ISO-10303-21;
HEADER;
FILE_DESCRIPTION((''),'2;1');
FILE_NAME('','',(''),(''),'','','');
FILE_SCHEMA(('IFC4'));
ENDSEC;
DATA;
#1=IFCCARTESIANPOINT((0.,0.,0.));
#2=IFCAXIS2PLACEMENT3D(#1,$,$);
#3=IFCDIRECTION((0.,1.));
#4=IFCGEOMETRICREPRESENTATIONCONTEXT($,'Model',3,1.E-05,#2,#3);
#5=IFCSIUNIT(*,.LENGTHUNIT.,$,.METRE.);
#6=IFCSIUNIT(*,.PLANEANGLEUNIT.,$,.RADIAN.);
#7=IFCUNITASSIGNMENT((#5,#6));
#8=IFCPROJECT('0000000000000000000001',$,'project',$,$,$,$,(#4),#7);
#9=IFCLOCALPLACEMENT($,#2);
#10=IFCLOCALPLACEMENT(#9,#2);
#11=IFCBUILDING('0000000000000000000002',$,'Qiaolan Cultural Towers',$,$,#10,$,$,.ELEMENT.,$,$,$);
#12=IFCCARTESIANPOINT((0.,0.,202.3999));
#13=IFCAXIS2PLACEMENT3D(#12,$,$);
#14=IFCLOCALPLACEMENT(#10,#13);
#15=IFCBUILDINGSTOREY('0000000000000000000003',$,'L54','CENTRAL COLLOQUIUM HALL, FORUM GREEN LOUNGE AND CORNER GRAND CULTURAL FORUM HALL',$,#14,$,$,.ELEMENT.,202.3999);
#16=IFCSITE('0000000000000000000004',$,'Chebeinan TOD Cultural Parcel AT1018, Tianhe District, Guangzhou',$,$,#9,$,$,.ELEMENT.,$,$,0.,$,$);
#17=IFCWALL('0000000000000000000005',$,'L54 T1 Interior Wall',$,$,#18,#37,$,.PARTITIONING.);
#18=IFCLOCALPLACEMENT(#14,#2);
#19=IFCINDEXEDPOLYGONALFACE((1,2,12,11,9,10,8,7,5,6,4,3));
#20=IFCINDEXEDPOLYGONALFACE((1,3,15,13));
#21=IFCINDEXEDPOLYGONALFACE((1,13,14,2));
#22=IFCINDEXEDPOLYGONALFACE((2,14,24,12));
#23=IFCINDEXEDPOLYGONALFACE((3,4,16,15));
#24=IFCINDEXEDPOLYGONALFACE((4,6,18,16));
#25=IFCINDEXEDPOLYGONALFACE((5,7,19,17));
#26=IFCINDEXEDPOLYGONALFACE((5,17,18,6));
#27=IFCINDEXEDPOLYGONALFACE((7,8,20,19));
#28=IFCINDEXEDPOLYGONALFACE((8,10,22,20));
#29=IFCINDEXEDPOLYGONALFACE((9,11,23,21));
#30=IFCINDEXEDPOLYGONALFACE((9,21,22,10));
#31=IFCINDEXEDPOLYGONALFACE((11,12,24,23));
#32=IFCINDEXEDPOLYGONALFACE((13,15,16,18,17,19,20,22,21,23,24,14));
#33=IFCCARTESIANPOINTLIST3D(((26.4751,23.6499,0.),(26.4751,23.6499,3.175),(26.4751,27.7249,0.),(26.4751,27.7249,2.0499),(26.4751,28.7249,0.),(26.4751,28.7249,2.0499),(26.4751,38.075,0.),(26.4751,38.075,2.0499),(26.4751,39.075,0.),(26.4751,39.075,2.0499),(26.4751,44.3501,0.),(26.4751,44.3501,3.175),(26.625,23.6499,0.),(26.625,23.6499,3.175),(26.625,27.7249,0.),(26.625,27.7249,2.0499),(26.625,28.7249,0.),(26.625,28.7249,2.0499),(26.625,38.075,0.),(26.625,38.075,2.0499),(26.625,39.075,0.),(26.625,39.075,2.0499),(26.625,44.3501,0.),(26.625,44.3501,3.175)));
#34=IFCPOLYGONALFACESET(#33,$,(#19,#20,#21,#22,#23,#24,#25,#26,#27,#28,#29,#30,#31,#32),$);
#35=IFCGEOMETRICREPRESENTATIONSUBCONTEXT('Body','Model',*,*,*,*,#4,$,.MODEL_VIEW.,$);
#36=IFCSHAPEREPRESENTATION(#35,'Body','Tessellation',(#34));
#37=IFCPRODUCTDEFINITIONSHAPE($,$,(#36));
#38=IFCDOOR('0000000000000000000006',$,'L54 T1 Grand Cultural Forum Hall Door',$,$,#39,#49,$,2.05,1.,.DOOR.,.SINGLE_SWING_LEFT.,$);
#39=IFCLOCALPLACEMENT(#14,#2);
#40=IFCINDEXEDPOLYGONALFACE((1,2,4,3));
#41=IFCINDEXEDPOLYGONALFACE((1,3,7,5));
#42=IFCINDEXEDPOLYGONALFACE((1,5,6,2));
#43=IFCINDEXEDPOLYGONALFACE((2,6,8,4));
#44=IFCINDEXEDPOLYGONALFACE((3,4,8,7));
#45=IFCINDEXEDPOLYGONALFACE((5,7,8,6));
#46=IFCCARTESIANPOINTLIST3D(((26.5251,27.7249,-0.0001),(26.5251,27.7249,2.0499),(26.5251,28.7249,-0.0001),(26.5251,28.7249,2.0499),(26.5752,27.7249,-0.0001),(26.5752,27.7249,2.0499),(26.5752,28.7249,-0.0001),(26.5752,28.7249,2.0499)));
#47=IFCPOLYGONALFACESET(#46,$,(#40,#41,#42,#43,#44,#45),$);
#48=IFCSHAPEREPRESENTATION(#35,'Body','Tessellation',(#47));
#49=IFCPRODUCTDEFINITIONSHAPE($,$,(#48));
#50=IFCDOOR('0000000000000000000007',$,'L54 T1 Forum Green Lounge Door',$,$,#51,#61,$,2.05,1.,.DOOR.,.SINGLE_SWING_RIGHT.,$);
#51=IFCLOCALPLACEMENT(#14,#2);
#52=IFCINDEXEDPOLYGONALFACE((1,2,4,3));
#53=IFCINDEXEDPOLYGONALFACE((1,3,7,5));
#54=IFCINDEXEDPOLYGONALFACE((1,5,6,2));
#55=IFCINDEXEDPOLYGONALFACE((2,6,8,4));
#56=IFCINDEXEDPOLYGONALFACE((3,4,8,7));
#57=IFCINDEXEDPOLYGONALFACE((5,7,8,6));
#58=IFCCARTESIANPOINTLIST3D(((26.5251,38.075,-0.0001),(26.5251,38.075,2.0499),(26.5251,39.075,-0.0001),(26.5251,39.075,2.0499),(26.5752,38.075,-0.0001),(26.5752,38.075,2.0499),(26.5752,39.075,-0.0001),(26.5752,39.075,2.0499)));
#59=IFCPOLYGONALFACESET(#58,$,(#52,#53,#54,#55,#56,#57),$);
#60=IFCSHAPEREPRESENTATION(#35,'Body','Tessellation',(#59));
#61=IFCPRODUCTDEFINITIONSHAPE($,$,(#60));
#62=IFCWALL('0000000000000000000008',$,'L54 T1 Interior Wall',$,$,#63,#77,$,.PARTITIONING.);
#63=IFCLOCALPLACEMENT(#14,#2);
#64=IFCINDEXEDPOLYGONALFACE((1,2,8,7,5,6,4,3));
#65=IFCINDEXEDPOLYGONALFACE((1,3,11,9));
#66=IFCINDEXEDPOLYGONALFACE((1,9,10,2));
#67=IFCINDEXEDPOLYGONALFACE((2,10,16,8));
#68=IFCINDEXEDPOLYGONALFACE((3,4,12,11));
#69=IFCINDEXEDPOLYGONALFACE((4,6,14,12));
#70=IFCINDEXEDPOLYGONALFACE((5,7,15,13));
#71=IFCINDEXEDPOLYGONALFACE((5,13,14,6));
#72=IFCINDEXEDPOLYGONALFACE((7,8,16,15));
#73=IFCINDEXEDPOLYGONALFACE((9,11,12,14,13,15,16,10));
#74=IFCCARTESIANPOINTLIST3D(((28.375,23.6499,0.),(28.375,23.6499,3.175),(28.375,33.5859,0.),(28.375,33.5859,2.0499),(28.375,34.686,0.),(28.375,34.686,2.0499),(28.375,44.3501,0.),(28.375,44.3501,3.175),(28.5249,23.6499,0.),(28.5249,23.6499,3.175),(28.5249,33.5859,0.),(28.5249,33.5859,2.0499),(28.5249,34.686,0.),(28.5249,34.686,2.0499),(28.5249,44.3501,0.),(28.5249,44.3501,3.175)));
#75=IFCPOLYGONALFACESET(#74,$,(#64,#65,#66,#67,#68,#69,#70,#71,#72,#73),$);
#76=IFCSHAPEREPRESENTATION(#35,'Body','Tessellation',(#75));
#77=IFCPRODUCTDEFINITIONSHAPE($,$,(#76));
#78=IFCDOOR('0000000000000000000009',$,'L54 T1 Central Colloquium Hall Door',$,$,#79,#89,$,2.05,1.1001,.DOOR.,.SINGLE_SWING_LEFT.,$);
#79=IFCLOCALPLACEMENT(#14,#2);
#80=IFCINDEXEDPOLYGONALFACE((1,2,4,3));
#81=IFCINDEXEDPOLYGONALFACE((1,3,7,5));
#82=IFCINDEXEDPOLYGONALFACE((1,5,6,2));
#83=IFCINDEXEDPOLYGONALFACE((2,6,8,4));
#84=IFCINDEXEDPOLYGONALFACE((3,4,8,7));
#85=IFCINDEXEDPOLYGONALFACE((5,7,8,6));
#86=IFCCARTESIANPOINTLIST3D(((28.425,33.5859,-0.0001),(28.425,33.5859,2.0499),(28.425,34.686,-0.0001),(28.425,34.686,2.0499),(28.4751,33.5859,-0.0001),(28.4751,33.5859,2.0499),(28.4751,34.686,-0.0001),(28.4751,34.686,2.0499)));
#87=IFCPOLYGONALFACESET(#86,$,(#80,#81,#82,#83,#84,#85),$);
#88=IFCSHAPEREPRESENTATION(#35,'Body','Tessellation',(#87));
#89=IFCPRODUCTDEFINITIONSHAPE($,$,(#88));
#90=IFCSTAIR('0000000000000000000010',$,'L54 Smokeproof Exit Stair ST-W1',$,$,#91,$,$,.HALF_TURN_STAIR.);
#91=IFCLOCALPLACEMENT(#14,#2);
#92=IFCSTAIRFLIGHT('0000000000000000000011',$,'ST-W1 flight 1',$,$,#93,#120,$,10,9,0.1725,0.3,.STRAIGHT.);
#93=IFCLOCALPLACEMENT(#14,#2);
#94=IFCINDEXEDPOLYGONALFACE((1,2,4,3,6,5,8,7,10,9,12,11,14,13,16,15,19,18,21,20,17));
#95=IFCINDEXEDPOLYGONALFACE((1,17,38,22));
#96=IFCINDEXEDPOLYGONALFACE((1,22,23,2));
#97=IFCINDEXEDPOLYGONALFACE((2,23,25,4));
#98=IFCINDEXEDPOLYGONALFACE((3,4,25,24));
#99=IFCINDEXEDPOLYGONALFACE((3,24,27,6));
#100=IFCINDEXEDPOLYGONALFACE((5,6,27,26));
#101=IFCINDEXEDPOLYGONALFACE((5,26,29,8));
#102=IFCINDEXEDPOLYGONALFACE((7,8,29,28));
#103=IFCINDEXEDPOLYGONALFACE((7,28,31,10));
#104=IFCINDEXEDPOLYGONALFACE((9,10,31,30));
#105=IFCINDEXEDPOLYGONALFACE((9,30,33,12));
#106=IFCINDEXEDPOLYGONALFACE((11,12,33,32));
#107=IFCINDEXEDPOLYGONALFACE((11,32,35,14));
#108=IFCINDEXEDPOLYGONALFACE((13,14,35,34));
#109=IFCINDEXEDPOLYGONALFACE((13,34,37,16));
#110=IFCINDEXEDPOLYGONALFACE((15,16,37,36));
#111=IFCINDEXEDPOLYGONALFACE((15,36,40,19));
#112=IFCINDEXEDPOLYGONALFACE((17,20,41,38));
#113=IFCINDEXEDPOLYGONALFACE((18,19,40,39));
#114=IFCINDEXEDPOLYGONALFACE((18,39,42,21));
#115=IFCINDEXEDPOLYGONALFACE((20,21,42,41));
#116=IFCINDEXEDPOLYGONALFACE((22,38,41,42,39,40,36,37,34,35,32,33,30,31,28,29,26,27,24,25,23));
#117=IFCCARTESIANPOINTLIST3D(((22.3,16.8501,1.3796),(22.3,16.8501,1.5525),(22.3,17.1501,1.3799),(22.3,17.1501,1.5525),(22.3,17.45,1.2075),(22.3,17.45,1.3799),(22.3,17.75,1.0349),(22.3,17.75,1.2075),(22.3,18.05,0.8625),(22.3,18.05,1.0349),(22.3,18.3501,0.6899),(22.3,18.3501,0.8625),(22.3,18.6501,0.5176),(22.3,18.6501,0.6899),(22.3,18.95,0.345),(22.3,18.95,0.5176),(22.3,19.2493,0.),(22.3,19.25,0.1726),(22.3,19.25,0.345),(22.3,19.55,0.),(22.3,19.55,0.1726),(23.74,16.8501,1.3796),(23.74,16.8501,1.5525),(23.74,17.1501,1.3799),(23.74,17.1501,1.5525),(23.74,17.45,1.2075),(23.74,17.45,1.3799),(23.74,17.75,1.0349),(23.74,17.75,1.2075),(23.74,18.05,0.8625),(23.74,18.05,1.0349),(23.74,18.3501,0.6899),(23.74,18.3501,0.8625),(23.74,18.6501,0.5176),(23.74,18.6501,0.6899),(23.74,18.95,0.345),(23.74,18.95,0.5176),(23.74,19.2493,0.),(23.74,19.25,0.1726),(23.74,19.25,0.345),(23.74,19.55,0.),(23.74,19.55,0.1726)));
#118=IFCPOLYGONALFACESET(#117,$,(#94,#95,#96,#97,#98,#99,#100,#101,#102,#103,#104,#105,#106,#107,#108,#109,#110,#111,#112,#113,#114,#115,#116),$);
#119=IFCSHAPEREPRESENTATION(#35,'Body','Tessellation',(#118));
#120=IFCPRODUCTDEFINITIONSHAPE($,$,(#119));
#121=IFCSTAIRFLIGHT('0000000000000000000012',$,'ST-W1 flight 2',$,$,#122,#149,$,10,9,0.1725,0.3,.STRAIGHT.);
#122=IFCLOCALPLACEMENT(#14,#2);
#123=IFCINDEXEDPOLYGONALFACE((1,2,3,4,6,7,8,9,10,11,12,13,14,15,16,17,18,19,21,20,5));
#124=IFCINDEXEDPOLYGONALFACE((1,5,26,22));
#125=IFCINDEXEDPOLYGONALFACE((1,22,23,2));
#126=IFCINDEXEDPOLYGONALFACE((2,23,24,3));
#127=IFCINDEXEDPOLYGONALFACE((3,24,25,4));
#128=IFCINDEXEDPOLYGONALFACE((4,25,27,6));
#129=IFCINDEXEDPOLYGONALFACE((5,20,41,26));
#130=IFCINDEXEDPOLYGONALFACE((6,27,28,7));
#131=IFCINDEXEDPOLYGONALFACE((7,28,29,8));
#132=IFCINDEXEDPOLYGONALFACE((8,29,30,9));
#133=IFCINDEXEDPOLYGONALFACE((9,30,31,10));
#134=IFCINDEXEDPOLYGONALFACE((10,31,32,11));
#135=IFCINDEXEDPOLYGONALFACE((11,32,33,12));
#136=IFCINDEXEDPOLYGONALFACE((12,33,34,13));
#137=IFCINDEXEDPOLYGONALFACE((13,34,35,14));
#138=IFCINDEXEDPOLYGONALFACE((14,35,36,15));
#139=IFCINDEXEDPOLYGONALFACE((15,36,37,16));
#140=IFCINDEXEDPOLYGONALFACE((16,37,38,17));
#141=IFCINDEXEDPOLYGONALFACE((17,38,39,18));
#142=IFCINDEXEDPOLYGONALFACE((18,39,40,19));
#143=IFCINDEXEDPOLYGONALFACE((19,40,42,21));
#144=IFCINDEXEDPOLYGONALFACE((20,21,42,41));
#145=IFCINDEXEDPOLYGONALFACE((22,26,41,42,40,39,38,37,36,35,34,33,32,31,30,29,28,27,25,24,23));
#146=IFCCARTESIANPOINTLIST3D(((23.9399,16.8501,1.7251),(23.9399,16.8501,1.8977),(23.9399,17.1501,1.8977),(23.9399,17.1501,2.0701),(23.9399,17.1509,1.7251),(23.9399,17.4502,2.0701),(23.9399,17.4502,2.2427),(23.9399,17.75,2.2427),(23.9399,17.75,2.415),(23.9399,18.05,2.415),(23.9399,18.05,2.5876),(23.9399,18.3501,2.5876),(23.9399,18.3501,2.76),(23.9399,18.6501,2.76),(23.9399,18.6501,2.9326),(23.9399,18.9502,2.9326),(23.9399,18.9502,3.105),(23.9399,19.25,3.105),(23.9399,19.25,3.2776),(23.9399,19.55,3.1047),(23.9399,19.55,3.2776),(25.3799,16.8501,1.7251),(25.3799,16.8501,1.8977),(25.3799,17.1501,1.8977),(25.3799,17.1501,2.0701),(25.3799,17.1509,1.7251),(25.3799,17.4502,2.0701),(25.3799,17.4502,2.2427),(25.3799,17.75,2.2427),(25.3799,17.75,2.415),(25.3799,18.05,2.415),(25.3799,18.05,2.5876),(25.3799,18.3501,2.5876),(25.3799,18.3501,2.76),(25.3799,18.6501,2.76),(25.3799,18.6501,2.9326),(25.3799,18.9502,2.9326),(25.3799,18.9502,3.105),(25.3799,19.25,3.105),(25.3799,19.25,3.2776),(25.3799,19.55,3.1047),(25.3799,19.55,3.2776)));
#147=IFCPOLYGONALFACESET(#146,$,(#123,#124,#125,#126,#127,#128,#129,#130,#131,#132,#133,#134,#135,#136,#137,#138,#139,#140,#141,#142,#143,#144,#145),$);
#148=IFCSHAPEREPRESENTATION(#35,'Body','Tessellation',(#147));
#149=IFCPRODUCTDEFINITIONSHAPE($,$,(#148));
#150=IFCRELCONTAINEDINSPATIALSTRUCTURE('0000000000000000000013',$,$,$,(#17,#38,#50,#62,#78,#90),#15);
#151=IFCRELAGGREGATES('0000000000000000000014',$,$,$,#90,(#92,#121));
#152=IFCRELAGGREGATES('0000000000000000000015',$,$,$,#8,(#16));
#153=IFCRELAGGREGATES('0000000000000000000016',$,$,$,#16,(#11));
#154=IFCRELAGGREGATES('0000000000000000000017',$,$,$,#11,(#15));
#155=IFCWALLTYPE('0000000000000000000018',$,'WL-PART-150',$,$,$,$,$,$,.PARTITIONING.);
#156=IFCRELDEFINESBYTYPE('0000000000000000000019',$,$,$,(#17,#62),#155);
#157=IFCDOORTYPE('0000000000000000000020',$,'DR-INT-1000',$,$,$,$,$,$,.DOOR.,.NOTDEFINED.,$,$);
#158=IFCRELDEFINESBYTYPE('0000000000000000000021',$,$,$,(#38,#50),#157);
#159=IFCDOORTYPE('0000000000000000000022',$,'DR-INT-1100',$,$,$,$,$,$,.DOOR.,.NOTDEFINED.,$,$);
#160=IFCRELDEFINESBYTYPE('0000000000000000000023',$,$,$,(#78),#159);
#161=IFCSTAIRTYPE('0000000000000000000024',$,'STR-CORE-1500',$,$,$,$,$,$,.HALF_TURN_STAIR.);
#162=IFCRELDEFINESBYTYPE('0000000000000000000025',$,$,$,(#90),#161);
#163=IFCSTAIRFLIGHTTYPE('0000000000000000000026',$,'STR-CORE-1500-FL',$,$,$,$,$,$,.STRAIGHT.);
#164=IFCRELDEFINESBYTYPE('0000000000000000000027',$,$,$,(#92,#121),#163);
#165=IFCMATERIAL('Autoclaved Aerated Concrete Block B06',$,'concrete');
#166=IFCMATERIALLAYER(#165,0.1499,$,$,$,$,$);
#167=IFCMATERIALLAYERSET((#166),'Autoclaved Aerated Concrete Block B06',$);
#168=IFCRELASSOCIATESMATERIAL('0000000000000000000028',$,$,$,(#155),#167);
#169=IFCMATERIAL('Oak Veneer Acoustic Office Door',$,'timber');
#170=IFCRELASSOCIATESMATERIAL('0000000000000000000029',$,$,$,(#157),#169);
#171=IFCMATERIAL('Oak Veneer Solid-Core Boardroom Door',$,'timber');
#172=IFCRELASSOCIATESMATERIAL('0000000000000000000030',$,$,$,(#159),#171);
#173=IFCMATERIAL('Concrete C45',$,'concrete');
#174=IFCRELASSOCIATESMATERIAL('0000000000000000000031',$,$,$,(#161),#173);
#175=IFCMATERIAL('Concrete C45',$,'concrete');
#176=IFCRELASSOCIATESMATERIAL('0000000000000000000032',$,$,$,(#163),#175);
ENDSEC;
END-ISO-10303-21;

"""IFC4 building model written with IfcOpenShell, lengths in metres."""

from ifc_helpers import new_model, si_unit, direction, frame, frame_2d, origin, place, context, subcontext, project, spatial, polyline, rectangle, outline, extrude, material, layer, layer_set, type_object, element, fill, aggregate, save


model = new_model("IFC4")

# Units and contexts
model_context = context("Model", 3, precision=1e-05, world=origin(), true_north=direction((0.0, 1.0)))
body_context = subcontext(model_context, "Body", "Model", "MODEL_VIEW")
ifc_project = project(units=[si_unit("LENGTHUNIT", "METRE"), si_unit("PLANEANGLEUNIT", "RADIAN")], contexts=[model_context])

# Site, building, storey
site_placement = place(None, origin())
site = spatial("IfcSite", under=ifc_project, at=site_placement, Name="Chebeinan TOD Cultural Parcel AT1018, Tianhe District, Guangzhou", CompositionType="ELEMENT", RefElevation=0.0)
building_placement = place(site_placement, origin())
building = spatial("IfcBuilding", under=site, at=building_placement, Name="Qiaolan Cultural Towers", CompositionType="ELEMENT")
storey_placement = place(building_placement, frame((0.0, 0.0, 202.3999)))
storey = spatial("IfcBuildingStorey", under=building, at=storey_placement, Name="L54", Description="CENTRAL COLLOQUIUM HALL, FORUM GREEN LOUNGE AND CORNER GRAND CULTURAL FORUM HALL", CompositionType="ELEMENT", Elevation=202.3999)

# Shared definitions
ifc_material_1 = material(Name="Autoclaved Aerated Concrete Block B06", Category="concrete")
ifc_layer_1 = layer(ifc_material_1, 0.1499)
ifc_layer_set_1 = layer_set([ifc_layer_1], Name="Autoclaved Aerated Concrete Block B06")
wall_type_1 = type_object("IfcWallType", Name="WL-PART-150", PredefinedType="PARTITIONING", material=ifc_layer_set_1)
ifc_material_2 = material(Name="Oak Veneer Acoustic Office Door", Category="timber")
door_type_1 = type_object("IfcDoorType", Name="DR-INT-1000", OperationType="NOTDEFINED", PredefinedType="DOOR", material=ifc_material_2)

# Wall, openings, doors
wall_1_placement = place(storey_placement, frame((26.55, 23.6499, 0.0), z_axis=(0.0, 0.0, 1.0), x_axis=(0.0, 1.0, 0.0)))
wall_1 = element("IfcWall", 1, at=wall_1_placement, inside=storey, type_object=wall_type_1, Name="L54 T1 Interior Wall", PredefinedType="PARTITIONING", context=body_context, shape_type="SweptSolid", body=[
    extrude(rectangle(XDim=20.7002, YDim=0.1499, at=frame_2d((10.3501, 0.0))), origin(), (0.0, 0.0, 1.0), 3.175),
])
opening_1_placement = place(wall_1_placement, frame((4.075, 0.0, 0.0)))
opening_1 = element("IfcOpeningElement", 2, at=opening_1_placement, cuts=wall_1, PredefinedType="OPENING", context=body_context, shape_type="SweptSolid", body=[
    extrude(rectangle(XDim=1.0, YDim=2.05, at=frame_2d((0.5, 1.0249))), frame((0.0, 0.085, 0.0), z_axis=(0.0, -1.0, 0.0), x_axis=(1.0, 0.0, 0.0)), (0.0, 0.0, 1.0), 0.1699),
])
opening_2_placement = place(wall_1_placement, frame((14.425, 0.0, 0.0)))
opening_2 = element("IfcOpeningElement", 3, at=opening_2_placement, cuts=wall_1, PredefinedType="OPENING", context=body_context, shape_type="SweptSolid", body=[
    extrude(rectangle(XDim=1.0, YDim=2.05, at=frame_2d((0.5, 1.0249))), frame((0.0, 0.085, 0.0), z_axis=(0.0, -1.0, 0.0), x_axis=(1.0, 0.0, 0.0)), (0.0, 0.0, 1.0), 0.1699),
])
door_1_placement = place(opening_1_placement, origin())
door_1 = element("IfcDoor", 4, at=door_1_placement, inside=storey, type_object=door_type_1, Name="L54 T1 Grand Cultural Forum Hall Door", OperationType="SINGLE_SWING_LEFT", OverallHeight=2.05, OverallWidth=1.0, PredefinedType="DOOR", context=body_context, shape_type="SweptSolid", body=[
    extrude(rectangle(XDim=1.0, YDim=2.05, at=frame_2d((0.5, 1.0249))), frame((0.0, 0.0249, 0.0), z_axis=(0.0, -1.0, 0.0), x_axis=(1.0, 0.0, 0.0)), (0.0, 0.0, 1.0), 0.05),
])
fill(opening_1, door_1)
door_2_placement = place(opening_2_placement, origin())
door_2 = element("IfcDoor", 5, at=door_2_placement, inside=storey, type_object=door_type_1, Name="L54 T1 Forum Green Lounge Door", OperationType="SINGLE_SWING_RIGHT", OverallHeight=2.05, OverallWidth=1.0, PredefinedType="DOOR", context=body_context, shape_type="SweptSolid", body=[
    extrude(rectangle(XDim=1.0, YDim=2.05, at=frame_2d((0.5, 1.0249))), frame((0.0, 0.0249, 0.0), z_axis=(0.0, -1.0, 0.0), x_axis=(1.0, 0.0, 0.0)), (0.0, 0.0, 1.0), 0.05),
])
fill(opening_2, door_2)

# Wall, opening, door
wall_2_placement = place(storey_placement, frame((28.45, 23.6499, 0.0), z_axis=(0.0, 0.0, 1.0), x_axis=(0.0, 1.0, 0.0)))
wall_2 = element("IfcWall", 6, at=wall_2_placement, inside=storey, type_object=wall_type_1, Name="L54 T1 Interior Wall", PredefinedType="PARTITIONING", context=body_context, shape_type="SweptSolid", body=[
    extrude(rectangle(XDim=20.7002, YDim=0.1499, at=frame_2d((10.3501, 0.0))), origin(), (0.0, 0.0, 1.0), 3.175),
])
opening_3_placement = place(wall_2_placement, frame((9.936, 0.0, 0.0)))
opening_3 = element("IfcOpeningElement", 7, at=opening_3_placement, cuts=wall_2, PredefinedType="OPENING", context=body_context, shape_type="SweptSolid", body=[
    extrude(rectangle(XDim=1.1001, YDim=2.05, at=frame_2d((0.55, 1.0249))), frame((0.0, 0.085, 0.0), z_axis=(0.0, -1.0, 0.0), x_axis=(1.0, 0.0, 0.0)), (0.0, 0.0, 1.0), 0.1699),
])
ifc_material_3 = material(Name="Oak Veneer Solid-Core Boardroom Door", Category="timber")
door_type_2 = type_object("IfcDoorType", Name="DR-INT-1100", OperationType="NOTDEFINED", PredefinedType="DOOR", material=ifc_material_3)
door_3_placement = place(opening_3_placement, origin())
door_3 = element("IfcDoor", 8, at=door_3_placement, inside=storey, type_object=door_type_2, Name="L54 T1 Central Colloquium Hall Door", OperationType="SINGLE_SWING_LEFT", OverallHeight=2.05, OverallWidth=1.1001, PredefinedType="DOOR", context=body_context, shape_type="SweptSolid", body=[
    extrude(rectangle(XDim=1.1001, YDim=2.05, at=frame_2d((0.55, 1.0249))), frame((0.0, 0.0249, 0.0), z_axis=(0.0, -1.0, 0.0), x_axis=(1.0, 0.0, 0.0)), (0.0, 0.0, 1.0), 0.05),
])
fill(opening_3, door_3)

# Stair, stair flights
ifc_material_4 = material(Name="Concrete C45", Category="concrete")
stair_type = type_object("IfcStairType", Name="STR-CORE-1500", PredefinedType="HALF_TURN_STAIR", material=ifc_material_4)
stair_placement = place(storey_placement, origin())
stair = element("IfcStair", 9, at=stair_placement, inside=storey, type_object=stair_type, Name="L54 Smokeproof Exit Stair ST-W1", PredefinedType="HALF_TURN_STAIR")
ifc_material_5 = material(Name="Concrete C45", Category="concrete")
stair_flight_type = type_object("IfcStairFlightType", Name="STR-CORE-1500-FL", PredefinedType="STRAIGHT", material=ifc_material_5)
stair_flight_1_placement = place(storey_placement, frame((23.02, 19.55, 0.0), z_axis=(0.0, 0.0, 1.0), x_axis=(0.0, -1.0, 0.0)))
stair_flight_1 = element("IfcStairFlight", 10, at=stair_flight_1_placement, type_object=stair_flight_type, Name="ST-W1 flight 1", NumberOfRisers=10, NumberOfTreads=9, PredefinedType="STRAIGHT", RiserHeight=0.1725, TreadLength=0.3, context=body_context, shape_type="SweptSolid", body=[
    extrude(outline(polyline([(0.0, 0.0), (0.0, 0.1726), (0.3, 0.1726), (0.3, 0.345), (0.6001, 0.345), (0.6001, 0.5176), (0.8999, 0.5176), (0.8999, 0.6899), (1.2, 0.6899), (1.2, 0.8625), (1.5, 0.8625), (1.5, 1.0349), (1.8, 1.0349), (1.8, 1.2075), (2.1001, 1.2075), (2.1001, 1.3799), (2.3999, 1.3799), (2.3999, 1.5525), (2.7, 1.5525), (2.7, 1.7251), (2.7, 1.3796), (0.3008, 0.0), (0.0, 0.0)])), frame((0.0, 0.72, 0.0), z_axis=(0.0, -1.0, 0.0), x_axis=(1.0, 0.0, 0.0)), (0.0, 0.0, 1.0), 1.4399),
])
stair_flight_2_placement = place(storey_placement, frame((24.6599, 16.8501, 1.7251), z_axis=(0.0, 0.0, 1.0), x_axis=(0.0, 1.0, 0.0)))
stair_flight_2 = element("IfcStairFlight", 11, at=stair_flight_2_placement, type_object=stair_flight_type, Name="ST-W1 flight 2", NumberOfRisers=10, NumberOfTreads=9, PredefinedType="STRAIGHT", RiserHeight=0.1725, TreadLength=0.3, context=body_context, shape_type="SweptSolid", body=[
    extrude(outline(polyline([(0.0, 0.0), (0.0, 0.1726), (0.3, 0.1726), (0.3, 0.345), (0.6001, 0.345), (0.6001, 0.5176), (0.8999, 0.5176), (0.8999, 0.6899), (1.2, 0.6899), (1.2, 0.8625), (1.5, 0.8625), (1.5, 1.0349), (1.8, 1.0349), (1.8, 1.2075), (2.1001, 1.2075), (2.1001, 1.3799), (2.3999, 1.3799), (2.3999, 1.5525), (2.7, 1.5525), (2.7, 1.7251), (2.7, 1.3796), (0.3008, 0.0), (0.0, 0.0)])), frame((0.0, 0.72, 0.0), z_axis=(0.0, -1.0, 0.0), x_axis=(1.0, 0.0, 0.0)), (0.0, 0.0, 1.0), 1.4399),
])
aggregate(stair, [stair_flight_1, stair_flight_2])

save(model, "model.ifc")
